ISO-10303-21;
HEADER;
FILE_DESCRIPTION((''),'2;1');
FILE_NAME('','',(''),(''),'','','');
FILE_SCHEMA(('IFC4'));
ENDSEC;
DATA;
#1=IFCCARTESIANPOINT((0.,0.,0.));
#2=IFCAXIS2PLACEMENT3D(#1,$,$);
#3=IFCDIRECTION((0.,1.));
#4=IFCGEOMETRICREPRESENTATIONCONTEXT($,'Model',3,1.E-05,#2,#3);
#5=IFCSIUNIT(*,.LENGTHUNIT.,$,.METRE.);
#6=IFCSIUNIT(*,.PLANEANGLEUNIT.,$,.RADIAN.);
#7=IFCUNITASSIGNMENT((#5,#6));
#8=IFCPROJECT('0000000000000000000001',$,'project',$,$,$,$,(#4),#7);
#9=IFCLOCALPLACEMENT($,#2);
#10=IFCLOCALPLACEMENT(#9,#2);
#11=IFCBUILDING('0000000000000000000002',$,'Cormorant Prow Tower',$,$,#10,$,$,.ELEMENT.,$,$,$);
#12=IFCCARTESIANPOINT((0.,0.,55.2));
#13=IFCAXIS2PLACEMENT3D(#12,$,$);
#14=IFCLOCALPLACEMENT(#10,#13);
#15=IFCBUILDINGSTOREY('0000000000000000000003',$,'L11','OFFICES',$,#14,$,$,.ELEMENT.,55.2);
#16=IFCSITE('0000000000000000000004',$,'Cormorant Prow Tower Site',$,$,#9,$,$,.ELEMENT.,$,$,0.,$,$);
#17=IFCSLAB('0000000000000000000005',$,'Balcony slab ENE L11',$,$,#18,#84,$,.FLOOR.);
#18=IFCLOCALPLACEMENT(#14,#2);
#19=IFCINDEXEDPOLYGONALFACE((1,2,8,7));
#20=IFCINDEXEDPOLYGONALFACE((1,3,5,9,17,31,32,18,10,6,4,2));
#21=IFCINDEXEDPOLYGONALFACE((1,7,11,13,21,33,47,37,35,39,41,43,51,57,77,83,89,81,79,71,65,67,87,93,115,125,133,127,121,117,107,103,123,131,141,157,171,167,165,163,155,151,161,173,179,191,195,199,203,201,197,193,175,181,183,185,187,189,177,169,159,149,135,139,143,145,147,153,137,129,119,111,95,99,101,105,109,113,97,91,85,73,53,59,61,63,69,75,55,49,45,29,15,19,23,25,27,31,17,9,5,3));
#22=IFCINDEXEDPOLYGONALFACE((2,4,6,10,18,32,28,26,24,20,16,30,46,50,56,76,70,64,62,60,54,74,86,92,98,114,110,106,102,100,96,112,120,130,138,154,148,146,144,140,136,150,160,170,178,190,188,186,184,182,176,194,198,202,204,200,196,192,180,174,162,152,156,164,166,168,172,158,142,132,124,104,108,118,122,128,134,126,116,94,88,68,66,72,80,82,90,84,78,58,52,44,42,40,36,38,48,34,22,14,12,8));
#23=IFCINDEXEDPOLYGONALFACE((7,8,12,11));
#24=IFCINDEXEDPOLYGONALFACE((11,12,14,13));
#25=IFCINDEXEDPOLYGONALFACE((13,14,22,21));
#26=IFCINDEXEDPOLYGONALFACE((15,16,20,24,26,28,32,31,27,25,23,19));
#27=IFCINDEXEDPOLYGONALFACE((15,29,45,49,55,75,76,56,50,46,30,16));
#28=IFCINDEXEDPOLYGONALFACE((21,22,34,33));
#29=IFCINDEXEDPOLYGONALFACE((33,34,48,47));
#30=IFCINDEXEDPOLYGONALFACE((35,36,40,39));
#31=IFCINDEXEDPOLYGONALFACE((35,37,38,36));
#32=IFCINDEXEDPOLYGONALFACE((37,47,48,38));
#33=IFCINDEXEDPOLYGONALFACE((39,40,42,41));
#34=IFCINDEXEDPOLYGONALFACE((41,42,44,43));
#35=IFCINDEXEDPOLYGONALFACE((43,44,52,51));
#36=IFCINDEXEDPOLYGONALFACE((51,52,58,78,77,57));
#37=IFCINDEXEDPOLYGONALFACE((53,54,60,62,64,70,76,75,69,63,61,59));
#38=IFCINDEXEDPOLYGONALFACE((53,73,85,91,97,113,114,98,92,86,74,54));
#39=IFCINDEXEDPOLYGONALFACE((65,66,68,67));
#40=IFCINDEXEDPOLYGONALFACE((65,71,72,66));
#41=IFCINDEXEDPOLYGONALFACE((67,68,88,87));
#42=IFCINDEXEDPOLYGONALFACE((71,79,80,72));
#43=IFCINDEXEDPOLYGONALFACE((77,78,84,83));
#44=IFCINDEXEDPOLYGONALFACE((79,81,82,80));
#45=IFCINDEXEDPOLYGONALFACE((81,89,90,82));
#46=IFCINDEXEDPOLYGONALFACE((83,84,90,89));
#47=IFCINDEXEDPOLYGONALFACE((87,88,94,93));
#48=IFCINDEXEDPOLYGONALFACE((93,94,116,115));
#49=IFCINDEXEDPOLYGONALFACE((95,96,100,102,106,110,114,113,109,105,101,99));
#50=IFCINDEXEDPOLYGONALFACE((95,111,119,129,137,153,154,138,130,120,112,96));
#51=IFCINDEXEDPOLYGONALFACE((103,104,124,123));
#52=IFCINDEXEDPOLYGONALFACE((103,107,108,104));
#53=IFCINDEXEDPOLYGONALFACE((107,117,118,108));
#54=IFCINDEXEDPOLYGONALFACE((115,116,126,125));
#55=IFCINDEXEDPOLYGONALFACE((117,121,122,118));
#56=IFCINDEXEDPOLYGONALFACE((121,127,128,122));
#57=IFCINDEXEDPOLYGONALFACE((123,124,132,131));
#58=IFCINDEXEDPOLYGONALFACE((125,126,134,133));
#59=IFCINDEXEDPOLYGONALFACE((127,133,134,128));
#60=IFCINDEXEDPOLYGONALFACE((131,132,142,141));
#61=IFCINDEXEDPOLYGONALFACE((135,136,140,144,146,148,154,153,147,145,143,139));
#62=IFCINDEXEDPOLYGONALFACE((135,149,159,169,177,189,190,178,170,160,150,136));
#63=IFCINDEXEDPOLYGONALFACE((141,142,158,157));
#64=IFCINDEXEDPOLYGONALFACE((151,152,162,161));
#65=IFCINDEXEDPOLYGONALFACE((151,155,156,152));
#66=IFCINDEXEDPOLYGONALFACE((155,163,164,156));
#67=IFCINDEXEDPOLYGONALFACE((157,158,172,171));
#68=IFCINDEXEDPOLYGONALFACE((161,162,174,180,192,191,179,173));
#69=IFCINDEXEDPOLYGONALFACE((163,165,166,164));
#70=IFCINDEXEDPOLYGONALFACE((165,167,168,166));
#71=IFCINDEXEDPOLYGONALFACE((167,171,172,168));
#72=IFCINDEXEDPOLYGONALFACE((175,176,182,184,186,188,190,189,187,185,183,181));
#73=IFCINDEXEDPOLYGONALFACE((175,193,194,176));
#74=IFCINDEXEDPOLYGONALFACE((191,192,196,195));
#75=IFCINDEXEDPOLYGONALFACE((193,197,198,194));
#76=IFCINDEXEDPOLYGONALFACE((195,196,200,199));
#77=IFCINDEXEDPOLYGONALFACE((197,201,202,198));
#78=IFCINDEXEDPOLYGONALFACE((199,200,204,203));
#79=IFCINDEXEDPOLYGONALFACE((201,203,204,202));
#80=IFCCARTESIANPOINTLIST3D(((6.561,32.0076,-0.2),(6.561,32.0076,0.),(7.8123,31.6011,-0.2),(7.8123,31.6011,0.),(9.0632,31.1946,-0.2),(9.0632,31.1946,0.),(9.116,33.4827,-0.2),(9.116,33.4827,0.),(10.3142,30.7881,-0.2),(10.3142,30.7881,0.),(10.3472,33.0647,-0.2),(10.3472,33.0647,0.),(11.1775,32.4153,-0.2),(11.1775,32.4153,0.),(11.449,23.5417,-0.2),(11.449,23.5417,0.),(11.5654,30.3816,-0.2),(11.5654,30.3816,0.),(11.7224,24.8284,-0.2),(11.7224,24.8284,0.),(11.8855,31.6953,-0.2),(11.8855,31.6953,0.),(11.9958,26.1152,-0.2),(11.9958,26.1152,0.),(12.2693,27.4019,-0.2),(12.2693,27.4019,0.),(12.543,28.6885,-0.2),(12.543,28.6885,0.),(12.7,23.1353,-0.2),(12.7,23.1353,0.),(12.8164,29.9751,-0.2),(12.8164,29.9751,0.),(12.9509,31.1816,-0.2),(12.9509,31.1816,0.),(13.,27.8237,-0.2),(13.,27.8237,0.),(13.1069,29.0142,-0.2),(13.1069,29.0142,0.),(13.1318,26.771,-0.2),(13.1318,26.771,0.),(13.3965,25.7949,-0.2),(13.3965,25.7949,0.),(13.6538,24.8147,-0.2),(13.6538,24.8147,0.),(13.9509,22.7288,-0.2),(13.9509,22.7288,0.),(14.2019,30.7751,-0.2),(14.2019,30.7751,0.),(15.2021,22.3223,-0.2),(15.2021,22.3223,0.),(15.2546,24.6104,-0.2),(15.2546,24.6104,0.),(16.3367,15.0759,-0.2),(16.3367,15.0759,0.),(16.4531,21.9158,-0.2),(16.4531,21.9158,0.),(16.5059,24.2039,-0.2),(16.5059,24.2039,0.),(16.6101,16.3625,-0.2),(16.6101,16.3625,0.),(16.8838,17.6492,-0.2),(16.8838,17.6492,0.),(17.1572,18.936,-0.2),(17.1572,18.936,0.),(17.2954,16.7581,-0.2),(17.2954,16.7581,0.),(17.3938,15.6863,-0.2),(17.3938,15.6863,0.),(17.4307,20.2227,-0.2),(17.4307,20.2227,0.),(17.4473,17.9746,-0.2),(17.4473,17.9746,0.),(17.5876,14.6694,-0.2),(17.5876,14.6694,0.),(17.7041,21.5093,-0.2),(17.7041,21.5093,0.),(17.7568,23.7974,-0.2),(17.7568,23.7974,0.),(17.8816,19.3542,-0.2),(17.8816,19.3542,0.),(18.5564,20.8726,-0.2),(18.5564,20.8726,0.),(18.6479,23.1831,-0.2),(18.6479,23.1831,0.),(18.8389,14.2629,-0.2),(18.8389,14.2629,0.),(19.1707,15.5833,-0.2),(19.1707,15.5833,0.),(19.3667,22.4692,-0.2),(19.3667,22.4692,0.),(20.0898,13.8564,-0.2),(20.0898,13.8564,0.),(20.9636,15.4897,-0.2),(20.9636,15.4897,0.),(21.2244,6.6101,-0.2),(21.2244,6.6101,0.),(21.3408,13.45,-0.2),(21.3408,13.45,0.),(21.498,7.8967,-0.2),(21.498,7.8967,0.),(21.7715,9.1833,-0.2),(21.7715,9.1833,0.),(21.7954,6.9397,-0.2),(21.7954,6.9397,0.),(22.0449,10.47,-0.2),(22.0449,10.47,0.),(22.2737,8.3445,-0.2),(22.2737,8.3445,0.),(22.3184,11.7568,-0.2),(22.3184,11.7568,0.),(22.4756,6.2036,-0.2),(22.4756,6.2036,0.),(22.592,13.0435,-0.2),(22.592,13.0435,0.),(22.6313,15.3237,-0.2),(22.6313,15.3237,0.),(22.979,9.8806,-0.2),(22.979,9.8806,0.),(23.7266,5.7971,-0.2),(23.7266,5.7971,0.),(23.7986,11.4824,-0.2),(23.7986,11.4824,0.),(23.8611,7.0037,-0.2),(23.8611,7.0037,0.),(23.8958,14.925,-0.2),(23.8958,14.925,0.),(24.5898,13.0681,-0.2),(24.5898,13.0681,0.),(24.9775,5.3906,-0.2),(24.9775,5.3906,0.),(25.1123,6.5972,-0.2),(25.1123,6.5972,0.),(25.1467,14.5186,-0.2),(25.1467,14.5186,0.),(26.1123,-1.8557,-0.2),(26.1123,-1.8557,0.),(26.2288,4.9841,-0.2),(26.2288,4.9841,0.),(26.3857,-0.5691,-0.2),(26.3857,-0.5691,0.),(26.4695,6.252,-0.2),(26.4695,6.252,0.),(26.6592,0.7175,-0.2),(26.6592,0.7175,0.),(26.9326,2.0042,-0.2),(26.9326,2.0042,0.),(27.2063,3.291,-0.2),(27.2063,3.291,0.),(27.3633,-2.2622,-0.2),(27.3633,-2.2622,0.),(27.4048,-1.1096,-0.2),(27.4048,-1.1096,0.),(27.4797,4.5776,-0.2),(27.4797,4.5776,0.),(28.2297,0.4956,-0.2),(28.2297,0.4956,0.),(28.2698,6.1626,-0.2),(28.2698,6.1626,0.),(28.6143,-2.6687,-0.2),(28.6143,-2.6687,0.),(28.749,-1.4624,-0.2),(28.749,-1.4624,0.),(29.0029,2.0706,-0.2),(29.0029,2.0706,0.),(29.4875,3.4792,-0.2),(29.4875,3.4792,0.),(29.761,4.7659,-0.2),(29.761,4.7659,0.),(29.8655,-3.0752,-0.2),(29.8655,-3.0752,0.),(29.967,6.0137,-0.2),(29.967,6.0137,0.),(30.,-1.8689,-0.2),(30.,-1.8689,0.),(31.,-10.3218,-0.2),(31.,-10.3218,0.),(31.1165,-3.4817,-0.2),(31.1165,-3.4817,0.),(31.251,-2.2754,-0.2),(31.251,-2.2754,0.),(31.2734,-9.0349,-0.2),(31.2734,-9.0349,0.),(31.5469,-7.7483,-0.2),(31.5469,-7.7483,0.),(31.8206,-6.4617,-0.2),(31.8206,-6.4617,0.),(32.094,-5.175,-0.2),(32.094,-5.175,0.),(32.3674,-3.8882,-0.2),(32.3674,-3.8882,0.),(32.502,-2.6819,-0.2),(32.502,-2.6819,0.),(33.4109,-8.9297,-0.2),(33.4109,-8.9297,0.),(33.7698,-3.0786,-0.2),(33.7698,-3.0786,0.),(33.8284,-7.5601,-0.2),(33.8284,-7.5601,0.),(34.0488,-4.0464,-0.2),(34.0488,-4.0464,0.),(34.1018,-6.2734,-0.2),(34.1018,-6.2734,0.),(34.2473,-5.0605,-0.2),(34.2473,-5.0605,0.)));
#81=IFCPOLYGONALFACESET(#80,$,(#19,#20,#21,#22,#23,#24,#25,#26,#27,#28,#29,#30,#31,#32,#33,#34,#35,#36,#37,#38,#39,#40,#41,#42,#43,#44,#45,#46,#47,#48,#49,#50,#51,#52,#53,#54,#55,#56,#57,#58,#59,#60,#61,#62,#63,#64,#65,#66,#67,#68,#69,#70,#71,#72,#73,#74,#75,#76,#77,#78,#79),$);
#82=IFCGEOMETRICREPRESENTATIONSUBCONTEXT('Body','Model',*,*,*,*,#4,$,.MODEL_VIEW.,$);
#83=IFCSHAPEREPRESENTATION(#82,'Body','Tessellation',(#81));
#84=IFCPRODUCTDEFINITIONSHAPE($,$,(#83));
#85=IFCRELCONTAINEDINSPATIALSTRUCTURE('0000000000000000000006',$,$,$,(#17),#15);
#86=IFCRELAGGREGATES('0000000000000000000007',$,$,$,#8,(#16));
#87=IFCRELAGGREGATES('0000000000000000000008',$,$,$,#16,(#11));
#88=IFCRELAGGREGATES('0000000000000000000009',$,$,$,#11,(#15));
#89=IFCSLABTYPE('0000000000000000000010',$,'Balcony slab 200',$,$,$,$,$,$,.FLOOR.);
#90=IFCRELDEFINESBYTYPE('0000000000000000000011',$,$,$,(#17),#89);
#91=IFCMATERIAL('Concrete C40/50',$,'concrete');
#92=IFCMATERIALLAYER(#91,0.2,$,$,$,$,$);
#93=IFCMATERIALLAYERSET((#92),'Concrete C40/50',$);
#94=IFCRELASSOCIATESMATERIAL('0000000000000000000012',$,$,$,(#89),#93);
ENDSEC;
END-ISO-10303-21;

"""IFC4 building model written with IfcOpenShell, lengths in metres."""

from ifc_helpers import new_model, si_unit, direction, frame, origin, place, context, subcontext, project, spatial, polyline, outline, extrude, material, layer, layer_set, type_object, element, save


model = new_model("IFC4")

# Units and contexts
model_context = context("Model", 3, precision=1e-05, world=origin(), true_north=direction((0.0, 1.0)))
body_context = subcontext(model_context, "Body", "Model", "MODEL_VIEW")
ifc_project = project(units=[si_unit("LENGTHUNIT", "METRE"), si_unit("PLANEANGLEUNIT", "RADIAN")], contexts=[model_context])

# Site, building, storey
site_placement = place(None, origin())
site = spatial("IfcSite", under=ifc_project, at=site_placement, Name="Cormorant Prow Tower Site", CompositionType="ELEMENT", RefElevation=0.0)
building_placement = place(site_placement, origin())
building = spatial("IfcBuilding", under=site, at=building_placement, Name="Cormorant Prow Tower", CompositionType="ELEMENT")
storey_placement = place(building_placement, frame((0.0, 0.0, 55.2)))
storey = spatial("IfcBuildingStorey", under=building, at=storey_placement, Name="L11", Description="OFFICES", CompositionType="ELEMENT", Elevation=55.2)

# Slab
ifc_material_1 = material(Name="Concrete C40/50", Category="concrete")
ifc_layer_1 = layer(ifc_material_1, 0.2)
ifc_layer_set_1 = layer_set([ifc_layer_1], Name="Concrete C40/50")
slab_type_1 = type_object("IfcSlabType", Name="Balcony slab 200", PredefinedType="FLOOR", material=ifc_layer_set_1)
slab_1_placement = place(storey_placement, frame((0.0, 0.0, -0.2)))
element("IfcSlab", 1, at=slab_1_placement, inside=storey, type_object=slab_type_1, Name="Balcony slab ENE L11", PredefinedType="FLOOR", context=body_context, shape_type="SweptSolid", body=[
    extrude(outline(polyline([(31.0, -10.3218), (33.4109, -8.9297), (33.8284, -7.5601), (34.1018, -6.2734), (34.2473, -5.0605), (34.0488, -4.0464), (33.7698, -3.0786), (32.502, -2.6819), (31.251, -2.2754), (30.0, -1.8689), (28.749, -1.4624), (27.4048, -1.1096), (28.2297, 0.4956), (29.0029, 2.0706), (29.4875, 3.4792), (29.761, 4.7659), (29.967, 6.0137), (28.2698, 6.1626), (26.4695, 6.252), (25.1123, 6.5972), (23.8611, 7.0037), (21.7954, 6.9397), (22.2737, 8.3445), (22.979, 9.8806), (23.7986, 11.4824), (24.5898, 13.0681), (25.1467, 14.5186), (23.8958, 14.925), (22.6313, 15.3237), (20.9636, 15.4897), (19.1707, 15.5833), (17.3938, 15.6863), (17.2954, 16.7581), (17.4473, 17.9746), (17.8816, 19.3542), (18.5564, 20.8726), (19.3667, 22.4692), (18.6479, 23.1831), (17.7568, 23.7974), (16.5059, 24.2039), (15.2546, 24.6104), (13.6538, 24.8147), (13.3965, 25.7949), (13.1318, 26.771), (13.0, 27.8237), (13.1069, 29.0142), (14.2019, 30.7751), (12.9509, 31.1816), (11.8855, 31.6953), (11.1775, 32.4153), (10.3472, 33.0647), (9.116, 33.4827), (6.561, 32.0076), (7.8123, 31.6011), (9.0632, 31.1946), (10.3142, 30.7881), (11.5654, 30.3816), (12.8164, 29.9751), (12.543, 28.6885), (12.2693, 27.4019), (11.9958, 26.1152), (11.7224, 24.8284), (11.449, 23.5417), (12.7, 23.1353), (13.9509, 22.7288), (15.2021, 22.3223), (16.4531, 21.9158), (17.7041, 21.5093), (17.4307, 20.2227), (17.1572, 18.936), (16.8838, 17.6492), (16.6101, 16.3625), (16.3367, 15.0759), (17.5876, 14.6694), (18.8389, 14.2629), (20.0898, 13.8564), (21.3408, 13.45), (22.592, 13.0435), (22.3184, 11.7568), (22.0449, 10.47), (21.7715, 9.1833), (21.498, 7.8967), (21.2244, 6.6101), (22.4756, 6.2036), (23.7266, 5.7971), (24.9775, 5.3906), (26.2288, 4.9841), (27.4797, 4.5776), (27.2063, 3.291), (26.9326, 2.0042), (26.6592, 0.7175), (26.3857, -0.5691), (26.1123, -1.8557), (27.3633, -2.2622), (28.6143, -2.6687), (29.8655, -3.0752), (31.1165, -3.4817), (32.3674, -3.8882), (32.094, -5.175), (31.8206, -6.4617), (31.5469, -7.7483), (31.2734, -9.0349), (31.0, -10.3218)])), origin(), (0.0, 0.0, 1.0), 0.2),
])

save(model, "model.ifc")
